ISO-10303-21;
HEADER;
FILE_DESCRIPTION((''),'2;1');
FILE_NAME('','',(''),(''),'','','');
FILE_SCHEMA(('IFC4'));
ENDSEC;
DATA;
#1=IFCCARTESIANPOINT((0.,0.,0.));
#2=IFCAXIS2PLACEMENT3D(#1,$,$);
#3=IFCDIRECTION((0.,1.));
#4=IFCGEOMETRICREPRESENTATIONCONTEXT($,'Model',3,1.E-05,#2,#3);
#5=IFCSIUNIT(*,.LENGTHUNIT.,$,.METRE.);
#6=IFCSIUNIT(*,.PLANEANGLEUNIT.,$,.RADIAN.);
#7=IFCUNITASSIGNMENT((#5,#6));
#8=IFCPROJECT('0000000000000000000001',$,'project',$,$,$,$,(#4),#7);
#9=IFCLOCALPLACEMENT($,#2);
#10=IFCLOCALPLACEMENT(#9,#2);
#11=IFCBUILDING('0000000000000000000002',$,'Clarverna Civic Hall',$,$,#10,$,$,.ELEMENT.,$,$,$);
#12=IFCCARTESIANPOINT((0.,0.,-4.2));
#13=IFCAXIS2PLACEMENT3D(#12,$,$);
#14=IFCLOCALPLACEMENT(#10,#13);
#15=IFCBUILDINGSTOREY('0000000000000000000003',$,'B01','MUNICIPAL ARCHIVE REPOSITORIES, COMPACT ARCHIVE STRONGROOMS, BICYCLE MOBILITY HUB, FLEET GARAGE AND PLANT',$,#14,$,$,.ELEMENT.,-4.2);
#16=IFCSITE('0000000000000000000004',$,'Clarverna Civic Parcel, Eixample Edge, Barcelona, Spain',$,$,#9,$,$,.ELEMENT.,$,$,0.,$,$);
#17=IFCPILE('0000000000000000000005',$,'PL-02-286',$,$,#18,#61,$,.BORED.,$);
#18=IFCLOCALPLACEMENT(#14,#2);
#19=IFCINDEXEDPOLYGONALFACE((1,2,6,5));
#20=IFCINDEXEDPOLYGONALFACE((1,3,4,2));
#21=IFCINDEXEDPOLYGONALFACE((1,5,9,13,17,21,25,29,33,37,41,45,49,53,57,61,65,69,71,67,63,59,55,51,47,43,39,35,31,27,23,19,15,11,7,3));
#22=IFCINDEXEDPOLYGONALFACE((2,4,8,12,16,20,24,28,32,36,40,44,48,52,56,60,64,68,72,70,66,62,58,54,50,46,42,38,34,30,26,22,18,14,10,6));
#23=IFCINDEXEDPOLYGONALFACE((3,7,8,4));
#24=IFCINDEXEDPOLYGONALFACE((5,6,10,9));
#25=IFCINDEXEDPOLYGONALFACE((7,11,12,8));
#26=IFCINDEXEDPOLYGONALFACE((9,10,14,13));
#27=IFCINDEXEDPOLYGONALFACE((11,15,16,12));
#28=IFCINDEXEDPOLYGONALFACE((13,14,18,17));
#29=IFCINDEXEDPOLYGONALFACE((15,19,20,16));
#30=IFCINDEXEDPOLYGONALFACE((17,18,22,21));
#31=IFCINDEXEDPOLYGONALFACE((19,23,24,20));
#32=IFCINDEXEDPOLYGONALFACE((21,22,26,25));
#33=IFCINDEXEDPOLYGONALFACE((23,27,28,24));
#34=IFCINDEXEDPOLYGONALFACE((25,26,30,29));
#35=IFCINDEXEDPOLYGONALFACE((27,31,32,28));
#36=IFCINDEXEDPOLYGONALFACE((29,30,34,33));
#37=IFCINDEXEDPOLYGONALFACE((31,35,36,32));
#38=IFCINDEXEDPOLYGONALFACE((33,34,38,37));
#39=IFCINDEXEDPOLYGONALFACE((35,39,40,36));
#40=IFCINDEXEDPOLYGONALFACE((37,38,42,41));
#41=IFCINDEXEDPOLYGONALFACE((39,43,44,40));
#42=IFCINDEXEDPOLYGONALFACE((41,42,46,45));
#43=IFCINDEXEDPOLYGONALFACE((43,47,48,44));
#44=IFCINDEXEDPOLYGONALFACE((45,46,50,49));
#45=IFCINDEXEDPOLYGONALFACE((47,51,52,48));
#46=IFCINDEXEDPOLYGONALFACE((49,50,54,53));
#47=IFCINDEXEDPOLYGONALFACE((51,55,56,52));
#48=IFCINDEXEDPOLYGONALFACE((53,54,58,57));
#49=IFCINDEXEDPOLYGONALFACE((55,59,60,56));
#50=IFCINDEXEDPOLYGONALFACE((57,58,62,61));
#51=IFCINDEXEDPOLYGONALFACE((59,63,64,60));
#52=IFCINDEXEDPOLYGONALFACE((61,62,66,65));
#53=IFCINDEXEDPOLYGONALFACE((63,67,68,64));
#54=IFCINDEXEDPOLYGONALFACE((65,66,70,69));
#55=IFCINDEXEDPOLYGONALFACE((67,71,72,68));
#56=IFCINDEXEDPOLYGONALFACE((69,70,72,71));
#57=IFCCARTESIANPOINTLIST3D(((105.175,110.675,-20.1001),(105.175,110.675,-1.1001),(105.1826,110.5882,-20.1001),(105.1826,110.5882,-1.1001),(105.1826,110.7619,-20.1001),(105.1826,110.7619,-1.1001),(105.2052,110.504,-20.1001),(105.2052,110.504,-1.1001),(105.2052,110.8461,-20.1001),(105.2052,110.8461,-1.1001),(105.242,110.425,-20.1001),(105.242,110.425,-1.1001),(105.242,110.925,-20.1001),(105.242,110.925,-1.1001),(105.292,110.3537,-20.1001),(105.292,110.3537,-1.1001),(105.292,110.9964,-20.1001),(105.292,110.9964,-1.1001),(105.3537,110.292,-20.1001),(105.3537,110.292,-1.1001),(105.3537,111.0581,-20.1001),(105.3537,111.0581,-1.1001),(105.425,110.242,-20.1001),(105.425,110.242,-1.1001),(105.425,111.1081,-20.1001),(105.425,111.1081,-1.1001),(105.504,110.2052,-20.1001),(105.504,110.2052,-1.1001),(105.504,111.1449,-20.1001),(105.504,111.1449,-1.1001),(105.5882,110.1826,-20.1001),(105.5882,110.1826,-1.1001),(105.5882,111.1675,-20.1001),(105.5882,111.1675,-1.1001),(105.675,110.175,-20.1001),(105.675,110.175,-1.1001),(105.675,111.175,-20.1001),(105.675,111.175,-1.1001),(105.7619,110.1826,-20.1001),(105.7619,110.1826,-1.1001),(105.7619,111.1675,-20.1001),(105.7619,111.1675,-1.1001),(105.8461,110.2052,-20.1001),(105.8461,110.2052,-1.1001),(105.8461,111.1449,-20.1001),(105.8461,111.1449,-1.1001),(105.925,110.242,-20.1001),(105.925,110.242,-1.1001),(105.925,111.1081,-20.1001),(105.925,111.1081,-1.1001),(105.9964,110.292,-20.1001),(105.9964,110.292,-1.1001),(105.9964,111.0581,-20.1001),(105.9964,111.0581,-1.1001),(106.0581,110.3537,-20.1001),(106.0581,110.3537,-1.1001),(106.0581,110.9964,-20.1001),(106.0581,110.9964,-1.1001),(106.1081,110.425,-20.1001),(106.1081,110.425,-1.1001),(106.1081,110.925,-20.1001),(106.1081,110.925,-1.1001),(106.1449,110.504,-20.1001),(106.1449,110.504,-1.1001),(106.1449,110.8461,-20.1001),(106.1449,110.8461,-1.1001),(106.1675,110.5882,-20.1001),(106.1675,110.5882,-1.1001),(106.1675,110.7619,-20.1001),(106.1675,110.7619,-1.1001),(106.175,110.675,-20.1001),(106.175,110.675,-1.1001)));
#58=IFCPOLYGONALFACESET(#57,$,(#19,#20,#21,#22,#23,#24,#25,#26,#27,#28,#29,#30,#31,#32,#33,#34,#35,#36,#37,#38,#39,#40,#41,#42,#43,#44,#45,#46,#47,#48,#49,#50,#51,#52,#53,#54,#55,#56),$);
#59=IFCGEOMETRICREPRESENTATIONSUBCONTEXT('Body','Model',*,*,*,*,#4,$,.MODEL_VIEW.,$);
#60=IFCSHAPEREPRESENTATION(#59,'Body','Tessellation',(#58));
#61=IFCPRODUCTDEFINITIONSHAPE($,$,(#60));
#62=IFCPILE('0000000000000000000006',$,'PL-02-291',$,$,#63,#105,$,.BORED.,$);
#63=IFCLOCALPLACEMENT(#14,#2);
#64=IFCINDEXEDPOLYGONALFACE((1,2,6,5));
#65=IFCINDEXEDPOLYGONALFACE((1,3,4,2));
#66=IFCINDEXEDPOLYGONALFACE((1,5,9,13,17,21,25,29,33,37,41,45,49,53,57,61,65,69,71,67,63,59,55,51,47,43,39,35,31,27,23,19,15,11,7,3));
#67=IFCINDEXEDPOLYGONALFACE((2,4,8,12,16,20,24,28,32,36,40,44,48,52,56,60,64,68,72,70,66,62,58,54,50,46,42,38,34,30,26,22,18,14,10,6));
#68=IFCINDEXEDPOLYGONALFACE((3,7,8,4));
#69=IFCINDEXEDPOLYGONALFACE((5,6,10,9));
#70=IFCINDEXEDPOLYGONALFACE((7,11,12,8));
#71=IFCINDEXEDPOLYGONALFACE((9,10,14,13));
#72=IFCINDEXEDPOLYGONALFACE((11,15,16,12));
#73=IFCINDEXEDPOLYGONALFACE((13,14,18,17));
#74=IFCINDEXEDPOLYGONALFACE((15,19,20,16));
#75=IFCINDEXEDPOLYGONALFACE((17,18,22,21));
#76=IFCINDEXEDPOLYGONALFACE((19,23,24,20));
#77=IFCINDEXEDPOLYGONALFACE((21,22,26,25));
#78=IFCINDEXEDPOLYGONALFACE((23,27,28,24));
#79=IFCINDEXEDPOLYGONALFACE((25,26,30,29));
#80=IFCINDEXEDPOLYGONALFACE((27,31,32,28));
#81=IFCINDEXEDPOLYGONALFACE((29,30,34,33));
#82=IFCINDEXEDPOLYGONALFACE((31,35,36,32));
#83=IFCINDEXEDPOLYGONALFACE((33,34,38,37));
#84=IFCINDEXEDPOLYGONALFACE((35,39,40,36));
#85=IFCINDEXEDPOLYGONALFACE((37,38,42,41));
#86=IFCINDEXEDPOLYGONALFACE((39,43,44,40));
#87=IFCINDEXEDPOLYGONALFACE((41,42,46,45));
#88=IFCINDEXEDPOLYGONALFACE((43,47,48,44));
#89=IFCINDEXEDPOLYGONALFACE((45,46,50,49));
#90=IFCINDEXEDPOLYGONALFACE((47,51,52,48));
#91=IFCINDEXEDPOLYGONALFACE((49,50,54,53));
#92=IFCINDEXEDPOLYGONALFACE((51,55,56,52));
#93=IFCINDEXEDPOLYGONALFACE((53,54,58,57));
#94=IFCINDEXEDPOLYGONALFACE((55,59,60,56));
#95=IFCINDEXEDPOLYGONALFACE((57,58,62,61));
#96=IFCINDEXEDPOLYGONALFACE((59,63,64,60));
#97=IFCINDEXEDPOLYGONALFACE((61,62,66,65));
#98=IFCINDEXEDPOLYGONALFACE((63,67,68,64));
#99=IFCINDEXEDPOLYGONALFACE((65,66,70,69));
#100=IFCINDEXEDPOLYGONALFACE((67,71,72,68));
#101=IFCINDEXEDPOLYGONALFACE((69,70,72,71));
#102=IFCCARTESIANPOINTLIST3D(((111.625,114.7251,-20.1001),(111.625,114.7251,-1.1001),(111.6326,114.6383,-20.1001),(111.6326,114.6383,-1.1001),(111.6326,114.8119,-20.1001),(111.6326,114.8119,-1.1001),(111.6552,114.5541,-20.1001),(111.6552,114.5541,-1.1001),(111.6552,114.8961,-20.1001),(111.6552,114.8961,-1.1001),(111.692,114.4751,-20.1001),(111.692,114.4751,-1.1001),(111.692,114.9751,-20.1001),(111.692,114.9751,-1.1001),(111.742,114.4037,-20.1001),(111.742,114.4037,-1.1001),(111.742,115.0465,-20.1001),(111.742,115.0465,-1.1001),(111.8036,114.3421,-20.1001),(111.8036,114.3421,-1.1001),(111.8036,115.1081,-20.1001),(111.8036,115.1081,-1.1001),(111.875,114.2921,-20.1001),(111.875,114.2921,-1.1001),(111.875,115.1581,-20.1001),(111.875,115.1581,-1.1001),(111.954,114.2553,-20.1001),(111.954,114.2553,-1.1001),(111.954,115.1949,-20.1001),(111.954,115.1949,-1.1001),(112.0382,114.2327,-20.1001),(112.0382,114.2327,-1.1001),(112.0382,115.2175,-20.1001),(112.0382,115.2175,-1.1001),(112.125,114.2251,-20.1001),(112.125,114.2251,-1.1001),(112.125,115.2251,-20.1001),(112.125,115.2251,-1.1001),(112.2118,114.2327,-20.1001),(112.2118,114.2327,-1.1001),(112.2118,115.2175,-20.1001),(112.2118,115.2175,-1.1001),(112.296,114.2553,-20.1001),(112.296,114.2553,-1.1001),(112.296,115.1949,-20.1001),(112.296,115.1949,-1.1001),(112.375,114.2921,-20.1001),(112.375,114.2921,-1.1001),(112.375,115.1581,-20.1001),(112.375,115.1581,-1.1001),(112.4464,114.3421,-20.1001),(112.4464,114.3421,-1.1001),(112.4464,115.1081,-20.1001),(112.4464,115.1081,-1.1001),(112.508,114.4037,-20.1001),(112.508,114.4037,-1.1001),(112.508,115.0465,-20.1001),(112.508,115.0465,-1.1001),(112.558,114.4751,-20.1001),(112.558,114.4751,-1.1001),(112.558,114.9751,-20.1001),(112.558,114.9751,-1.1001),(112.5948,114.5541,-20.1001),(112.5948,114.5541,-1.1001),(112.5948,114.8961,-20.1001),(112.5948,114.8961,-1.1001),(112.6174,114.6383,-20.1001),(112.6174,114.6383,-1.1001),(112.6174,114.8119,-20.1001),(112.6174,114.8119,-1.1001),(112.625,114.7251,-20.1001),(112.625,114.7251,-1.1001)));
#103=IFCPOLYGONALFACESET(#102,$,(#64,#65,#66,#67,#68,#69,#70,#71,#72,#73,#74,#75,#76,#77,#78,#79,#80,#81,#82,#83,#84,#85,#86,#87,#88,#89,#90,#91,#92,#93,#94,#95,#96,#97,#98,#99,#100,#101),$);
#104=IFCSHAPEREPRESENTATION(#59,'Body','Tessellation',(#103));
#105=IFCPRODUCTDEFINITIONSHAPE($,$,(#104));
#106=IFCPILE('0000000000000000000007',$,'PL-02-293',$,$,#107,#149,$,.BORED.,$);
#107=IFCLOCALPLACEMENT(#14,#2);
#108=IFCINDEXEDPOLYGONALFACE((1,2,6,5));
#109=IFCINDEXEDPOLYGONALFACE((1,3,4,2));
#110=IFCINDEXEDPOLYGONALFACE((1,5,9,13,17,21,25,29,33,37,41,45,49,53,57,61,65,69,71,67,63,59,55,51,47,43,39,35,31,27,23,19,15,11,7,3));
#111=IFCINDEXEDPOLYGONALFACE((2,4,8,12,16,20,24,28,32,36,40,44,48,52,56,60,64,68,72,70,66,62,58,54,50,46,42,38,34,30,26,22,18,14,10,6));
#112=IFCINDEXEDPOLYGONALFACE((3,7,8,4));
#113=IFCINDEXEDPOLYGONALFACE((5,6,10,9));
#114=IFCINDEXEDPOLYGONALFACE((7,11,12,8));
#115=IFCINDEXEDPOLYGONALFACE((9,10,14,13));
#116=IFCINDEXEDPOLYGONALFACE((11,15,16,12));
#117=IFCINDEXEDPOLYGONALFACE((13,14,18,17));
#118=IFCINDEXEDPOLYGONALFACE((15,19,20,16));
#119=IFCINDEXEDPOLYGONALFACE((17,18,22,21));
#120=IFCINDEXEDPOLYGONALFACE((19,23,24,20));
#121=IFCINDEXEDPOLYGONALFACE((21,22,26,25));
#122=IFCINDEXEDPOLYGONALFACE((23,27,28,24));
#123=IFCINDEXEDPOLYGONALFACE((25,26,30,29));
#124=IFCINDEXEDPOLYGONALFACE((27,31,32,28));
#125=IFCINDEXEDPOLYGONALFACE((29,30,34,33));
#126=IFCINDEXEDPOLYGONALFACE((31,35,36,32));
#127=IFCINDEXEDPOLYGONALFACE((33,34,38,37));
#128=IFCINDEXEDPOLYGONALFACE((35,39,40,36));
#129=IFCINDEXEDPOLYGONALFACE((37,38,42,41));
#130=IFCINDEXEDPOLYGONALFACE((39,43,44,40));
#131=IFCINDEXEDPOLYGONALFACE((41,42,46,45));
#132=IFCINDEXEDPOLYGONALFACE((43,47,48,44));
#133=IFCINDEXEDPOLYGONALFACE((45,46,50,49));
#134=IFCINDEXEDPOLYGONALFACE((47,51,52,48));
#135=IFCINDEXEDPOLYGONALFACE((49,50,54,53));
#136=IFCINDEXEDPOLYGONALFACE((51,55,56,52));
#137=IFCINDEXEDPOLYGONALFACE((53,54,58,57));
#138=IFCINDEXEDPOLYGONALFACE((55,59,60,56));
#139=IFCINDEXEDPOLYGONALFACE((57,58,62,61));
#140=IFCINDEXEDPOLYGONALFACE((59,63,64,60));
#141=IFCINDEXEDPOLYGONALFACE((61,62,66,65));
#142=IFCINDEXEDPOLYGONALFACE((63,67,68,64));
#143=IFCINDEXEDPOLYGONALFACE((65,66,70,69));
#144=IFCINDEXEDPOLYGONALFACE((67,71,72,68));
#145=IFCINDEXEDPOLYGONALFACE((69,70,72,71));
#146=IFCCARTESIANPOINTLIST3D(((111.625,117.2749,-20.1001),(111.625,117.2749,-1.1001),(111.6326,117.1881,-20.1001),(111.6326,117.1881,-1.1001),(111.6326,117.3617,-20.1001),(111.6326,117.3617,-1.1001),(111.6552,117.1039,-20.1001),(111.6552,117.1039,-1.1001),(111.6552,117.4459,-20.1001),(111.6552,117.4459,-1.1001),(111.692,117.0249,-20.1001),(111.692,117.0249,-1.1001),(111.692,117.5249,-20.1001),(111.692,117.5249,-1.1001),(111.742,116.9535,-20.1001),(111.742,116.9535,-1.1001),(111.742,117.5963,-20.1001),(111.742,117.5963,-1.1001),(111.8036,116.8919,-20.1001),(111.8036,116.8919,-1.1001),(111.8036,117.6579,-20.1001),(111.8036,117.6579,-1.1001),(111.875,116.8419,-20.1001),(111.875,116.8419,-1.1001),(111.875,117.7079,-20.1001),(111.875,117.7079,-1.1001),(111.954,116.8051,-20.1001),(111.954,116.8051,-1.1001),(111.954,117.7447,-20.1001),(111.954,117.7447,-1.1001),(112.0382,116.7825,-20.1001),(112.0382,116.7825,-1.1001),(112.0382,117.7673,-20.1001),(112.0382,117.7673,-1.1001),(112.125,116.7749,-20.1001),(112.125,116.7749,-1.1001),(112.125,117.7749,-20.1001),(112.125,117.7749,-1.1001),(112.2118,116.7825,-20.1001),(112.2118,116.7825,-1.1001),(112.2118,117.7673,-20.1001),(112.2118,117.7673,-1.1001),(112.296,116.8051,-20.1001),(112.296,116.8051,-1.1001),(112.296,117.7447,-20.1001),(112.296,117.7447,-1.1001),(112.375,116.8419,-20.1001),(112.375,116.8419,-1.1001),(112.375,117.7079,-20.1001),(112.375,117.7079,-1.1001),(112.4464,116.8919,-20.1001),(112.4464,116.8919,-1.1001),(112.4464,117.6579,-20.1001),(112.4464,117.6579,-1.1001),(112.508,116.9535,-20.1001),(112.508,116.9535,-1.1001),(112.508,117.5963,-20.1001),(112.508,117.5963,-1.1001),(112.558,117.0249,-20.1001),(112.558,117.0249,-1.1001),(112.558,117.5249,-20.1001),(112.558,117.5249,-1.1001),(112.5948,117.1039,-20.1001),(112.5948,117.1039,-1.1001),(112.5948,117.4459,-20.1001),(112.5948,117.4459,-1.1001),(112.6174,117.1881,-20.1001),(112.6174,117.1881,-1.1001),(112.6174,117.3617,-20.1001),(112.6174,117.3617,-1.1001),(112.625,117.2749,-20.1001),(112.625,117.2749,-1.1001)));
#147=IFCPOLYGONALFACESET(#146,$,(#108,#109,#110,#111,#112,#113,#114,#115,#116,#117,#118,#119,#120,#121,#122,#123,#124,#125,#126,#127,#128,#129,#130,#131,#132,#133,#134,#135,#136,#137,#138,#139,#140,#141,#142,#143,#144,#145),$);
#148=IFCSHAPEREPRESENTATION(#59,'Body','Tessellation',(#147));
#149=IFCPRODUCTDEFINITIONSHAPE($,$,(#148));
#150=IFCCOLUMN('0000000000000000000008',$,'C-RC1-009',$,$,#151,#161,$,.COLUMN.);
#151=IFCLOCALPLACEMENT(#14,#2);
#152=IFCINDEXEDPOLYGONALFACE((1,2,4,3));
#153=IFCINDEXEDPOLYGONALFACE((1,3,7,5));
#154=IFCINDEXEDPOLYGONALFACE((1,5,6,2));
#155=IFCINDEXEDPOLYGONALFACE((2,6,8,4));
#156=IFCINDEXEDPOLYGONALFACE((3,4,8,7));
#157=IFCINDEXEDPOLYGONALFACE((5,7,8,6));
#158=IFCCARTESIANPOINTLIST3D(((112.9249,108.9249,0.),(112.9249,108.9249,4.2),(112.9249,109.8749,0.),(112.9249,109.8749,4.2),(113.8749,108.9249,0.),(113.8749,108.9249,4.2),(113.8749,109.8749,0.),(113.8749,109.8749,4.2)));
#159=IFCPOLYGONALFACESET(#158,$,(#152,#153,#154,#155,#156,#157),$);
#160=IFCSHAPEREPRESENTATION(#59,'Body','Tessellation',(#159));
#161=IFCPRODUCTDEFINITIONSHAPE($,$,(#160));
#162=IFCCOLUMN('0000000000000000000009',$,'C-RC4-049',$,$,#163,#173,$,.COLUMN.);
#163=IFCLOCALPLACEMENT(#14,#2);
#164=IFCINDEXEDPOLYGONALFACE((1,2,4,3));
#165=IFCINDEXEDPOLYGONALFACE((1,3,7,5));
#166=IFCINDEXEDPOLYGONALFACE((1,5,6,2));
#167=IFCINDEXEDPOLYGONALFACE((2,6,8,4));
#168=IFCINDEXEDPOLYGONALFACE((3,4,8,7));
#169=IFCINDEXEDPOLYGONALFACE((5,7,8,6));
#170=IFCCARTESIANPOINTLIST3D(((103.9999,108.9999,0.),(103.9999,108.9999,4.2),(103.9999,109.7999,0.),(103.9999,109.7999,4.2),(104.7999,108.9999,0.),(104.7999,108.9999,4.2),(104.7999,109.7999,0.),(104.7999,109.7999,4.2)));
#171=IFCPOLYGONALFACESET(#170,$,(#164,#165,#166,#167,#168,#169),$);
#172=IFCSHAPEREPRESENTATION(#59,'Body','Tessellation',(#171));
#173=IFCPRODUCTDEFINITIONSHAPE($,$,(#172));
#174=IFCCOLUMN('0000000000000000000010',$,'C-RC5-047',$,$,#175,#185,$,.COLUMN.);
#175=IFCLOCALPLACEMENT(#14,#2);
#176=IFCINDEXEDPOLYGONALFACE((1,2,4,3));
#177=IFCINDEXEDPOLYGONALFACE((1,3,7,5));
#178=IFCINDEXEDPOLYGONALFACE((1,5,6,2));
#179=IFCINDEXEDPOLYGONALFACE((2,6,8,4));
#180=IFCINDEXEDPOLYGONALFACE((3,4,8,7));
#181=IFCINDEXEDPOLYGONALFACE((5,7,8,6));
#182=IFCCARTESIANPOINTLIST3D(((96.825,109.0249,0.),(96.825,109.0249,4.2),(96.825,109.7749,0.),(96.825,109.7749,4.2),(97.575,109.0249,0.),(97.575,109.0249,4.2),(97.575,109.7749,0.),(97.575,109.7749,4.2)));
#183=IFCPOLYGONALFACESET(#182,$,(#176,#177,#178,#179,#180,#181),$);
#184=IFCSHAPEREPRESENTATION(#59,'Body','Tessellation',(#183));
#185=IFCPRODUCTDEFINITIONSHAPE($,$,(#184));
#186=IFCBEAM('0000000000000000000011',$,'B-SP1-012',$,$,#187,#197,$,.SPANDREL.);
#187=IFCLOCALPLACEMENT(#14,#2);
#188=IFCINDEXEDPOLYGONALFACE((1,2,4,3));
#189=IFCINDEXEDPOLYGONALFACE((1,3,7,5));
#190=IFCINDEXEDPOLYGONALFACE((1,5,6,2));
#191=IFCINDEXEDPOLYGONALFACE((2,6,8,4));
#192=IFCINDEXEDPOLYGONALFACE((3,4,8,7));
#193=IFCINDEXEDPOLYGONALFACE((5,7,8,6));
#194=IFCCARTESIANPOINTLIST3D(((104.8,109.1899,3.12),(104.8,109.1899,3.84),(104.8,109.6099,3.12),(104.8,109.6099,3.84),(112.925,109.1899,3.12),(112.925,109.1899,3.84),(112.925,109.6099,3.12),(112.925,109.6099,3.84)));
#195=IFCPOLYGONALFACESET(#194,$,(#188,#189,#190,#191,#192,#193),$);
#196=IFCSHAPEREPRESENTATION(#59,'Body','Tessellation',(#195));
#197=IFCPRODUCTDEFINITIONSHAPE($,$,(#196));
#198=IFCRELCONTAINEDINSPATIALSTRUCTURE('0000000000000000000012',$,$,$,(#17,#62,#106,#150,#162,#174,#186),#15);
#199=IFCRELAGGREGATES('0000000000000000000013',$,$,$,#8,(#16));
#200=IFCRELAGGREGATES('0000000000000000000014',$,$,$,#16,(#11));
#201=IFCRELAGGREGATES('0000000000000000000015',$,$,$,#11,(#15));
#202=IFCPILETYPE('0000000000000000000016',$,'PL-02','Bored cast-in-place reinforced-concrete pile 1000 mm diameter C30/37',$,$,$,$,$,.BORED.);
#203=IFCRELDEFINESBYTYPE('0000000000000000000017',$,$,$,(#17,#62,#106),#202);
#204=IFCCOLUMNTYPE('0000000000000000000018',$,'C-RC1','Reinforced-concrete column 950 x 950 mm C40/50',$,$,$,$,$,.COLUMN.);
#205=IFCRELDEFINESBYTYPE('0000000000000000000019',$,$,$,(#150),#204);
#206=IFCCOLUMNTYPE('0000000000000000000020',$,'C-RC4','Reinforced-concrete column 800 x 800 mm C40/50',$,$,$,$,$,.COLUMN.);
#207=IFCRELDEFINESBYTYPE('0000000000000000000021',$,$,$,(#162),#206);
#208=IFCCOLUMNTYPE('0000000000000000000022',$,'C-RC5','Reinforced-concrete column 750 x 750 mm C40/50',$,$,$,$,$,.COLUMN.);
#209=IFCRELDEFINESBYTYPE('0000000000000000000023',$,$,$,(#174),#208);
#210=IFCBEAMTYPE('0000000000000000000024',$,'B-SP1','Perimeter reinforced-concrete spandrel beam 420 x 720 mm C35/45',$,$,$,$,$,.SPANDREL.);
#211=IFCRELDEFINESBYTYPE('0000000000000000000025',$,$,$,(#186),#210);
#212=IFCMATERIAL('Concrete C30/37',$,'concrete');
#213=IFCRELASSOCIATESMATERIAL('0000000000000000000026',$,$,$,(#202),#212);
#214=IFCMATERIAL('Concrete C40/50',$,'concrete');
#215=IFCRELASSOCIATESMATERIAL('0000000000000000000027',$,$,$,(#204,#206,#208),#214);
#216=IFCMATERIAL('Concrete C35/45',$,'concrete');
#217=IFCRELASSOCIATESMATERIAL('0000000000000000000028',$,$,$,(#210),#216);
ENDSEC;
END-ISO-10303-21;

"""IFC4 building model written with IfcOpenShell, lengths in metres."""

from ifc_helpers import new_model, si_unit, direction, frame, origin, origin_2d, place, context, subcontext, project, spatial, rectangle, circle, extrude, material, material_profile, profile_set, type_object, element, save


model = new_model("IFC4")

# Units and contexts
model_context = context("Model", 3, precision=1e-05, world=origin(), true_north=direction((0.0, 1.0)))
body_context = subcontext(model_context, "Body", "Model", "MODEL_VIEW")
ifc_project = project(units=[si_unit("LENGTHUNIT", "METRE"), si_unit("PLANEANGLEUNIT", "RADIAN")], contexts=[model_context])

# Site, building, storey
site_placement = place(None, origin())
site = spatial("IfcSite", under=ifc_project, at=site_placement, Name="Clarverna Civic Parcel, Eixample Edge, Barcelona, Spain", CompositionType="ELEMENT", RefElevation=0.0)
building_placement = place(site_placement, origin())
building = spatial("IfcBuilding", under=site, at=building_placement, Name="Clarverna Civic Hall", CompositionType="ELEMENT")
storey_placement = place(building_placement, frame((0.0, 0.0, -4.2)))
storey = spatial("IfcBuildingStorey", under=building, at=storey_placement, Name="B01", Description="MUNICIPAL ARCHIVE REPOSITORIES, COMPACT ARCHIVE STRONGROOMS, BICYCLE MOBILITY HUB, FLEET GARAGE AND PLANT", CompositionType="ELEMENT", Elevation=-4.2)

# Shared definitions
ifc_material_1 = material(Name="Concrete C30/37", Category="concrete")

# Piles
ifc_material_profile_1 = material_profile(ifc_material_1, circle(Radius=0.5, at=origin_2d()), Name="BORED PILE D1000")
ifc_profile_set_1 = profile_set([ifc_material_profile_1], Name="Concrete C30/37")
pile_type_1 = type_object("IfcPileType", Name="PL-02", Description="Bored cast-in-place reinforced-concrete pile 1000 mm diameter C30/37", PredefinedType="BORED", material=ifc_profile_set_1)
for number, where, z_axis, x_axis, name in (
    (1, (105.675, 110.675, -1.1001), (0.0, 0.0, -1.0), (1.0, 0.0, 0.0), "PL-02-286"),
    (2, (112.125, 114.7251, -1.1001), (0.0, 0.0, -1.0), (1.0, 0.0, 0.0), "PL-02-291"),
    (3, (112.125, 117.2749, -1.1001), (0.0, 0.0, -1.0), (1.0, 0.0, 0.0), "PL-02-293"),
):
    element("IfcPile", number, at=place(storey_placement, frame(where, z_axis=z_axis, x_axis=x_axis)), inside=storey, type_object=pile_type_1, Name=name, PredefinedType="BORED", context=body_context, shape_type="SweptSolid", body=[
        extrude(circle(Radius=0.5, at=origin_2d()), origin(), (0.0, 0.0, 1.0), 19.0),
    ])

# Columns
ifc_material_2 = material(Name="Concrete C40/50", Category="concrete")
ifc_material_profile_2 = material_profile(ifc_material_2, rectangle(XDim=0.95, YDim=0.95, at=origin_2d()), Name="RC 950x950")
ifc_profile_set_2 = profile_set([ifc_material_profile_2], Name="Concrete C40/50")
column_type_1 = type_object("IfcColumnType", Name="C-RC1", Description="Reinforced-concrete column 950 x 950 mm C40/50", PredefinedType="COLUMN", material=ifc_profile_set_2)
column_1_placement = place(storey_placement, frame((113.3999, 109.3999, 0.0), z_axis=(0.0, 0.0, 1.0), x_axis=(1.0, 0.0, 0.0)))
element("IfcColumn", 4, at=column_1_placement, inside=storey, type_object=column_type_1, Name="C-RC1-009", PredefinedType="COLUMN", context=body_context, shape_type="SweptSolid", body=[
    extrude(rectangle(XDim=0.95, YDim=0.95, at=origin_2d()), origin(), (0.0, 0.0, 1.0), 4.2),
])
ifc_material_profile_3 = material_profile(ifc_material_2, rectangle(XDim=0.8, YDim=0.8, at=origin_2d()), Name="RC 800x800")
ifc_profile_set_3 = profile_set([ifc_material_profile_3], Name="Concrete C40/50")
column_type_2 = type_object("IfcColumnType", Name="C-RC4", Description="Reinforced-concrete column 800 x 800 mm C40/50", PredefinedType="COLUMN", material=ifc_profile_set_3)
column_2_placement = place(storey_placement, frame((104.3999, 109.3999, 0.0), z_axis=(0.0, 0.0, 1.0), x_axis=(1.0, 0.0, 0.0)))
element("IfcColumn", 5, at=column_2_placement, inside=storey, type_object=column_type_2, Name="C-RC4-049", PredefinedType="COLUMN", context=body_context, shape_type="SweptSolid", body=[
    extrude(rectangle(XDim=0.8, YDim=0.8, at=origin_2d()), origin(), (0.0, 0.0, 1.0), 4.2),
])
ifc_material_profile_4 = material_profile(ifc_material_2, rectangle(XDim=0.75, YDim=0.75, at=origin_2d()), Name="RC 750x750")
ifc_profile_set_4 = profile_set([ifc_material_profile_4], Name="Concrete C40/50")
column_type_3 = type_object("IfcColumnType", Name="C-RC5", Description="Reinforced-concrete column 750 x 750 mm C40/50", PredefinedType="COLUMN", material=ifc_profile_set_4)
column_3_placement = place(storey_placement, frame((97.2, 109.3999, 0.0), z_axis=(0.0, 0.0, 1.0), x_axis=(1.0, 0.0, 0.0)))
element("IfcColumn", 6, at=column_3_placement, inside=storey, type_object=column_type_3, Name="C-RC5-047", PredefinedType="COLUMN", context=body_context, shape_type="SweptSolid", body=[
    extrude(rectangle(XDim=0.75, YDim=0.75, at=origin_2d()), origin(), (0.0, 0.0, 1.0), 4.2),
])

# Beam
ifc_material_3 = material(Name="Concrete C35/45", Category="concrete")
ifc_material_profile_5 = material_profile(ifc_material_3, rectangle(XDim=0.4199, YDim=0.72, at=origin_2d()), Name="RC 420x720")
ifc_profile_set_5 = profile_set([ifc_material_profile_5], Name="Concrete C35/45")
beam_type_1 = type_object("IfcBeamType", Name="B-SP1", Description="Perimeter reinforced-concrete spandrel beam 420 x 720 mm C35/45", PredefinedType="SPANDREL", material=ifc_profile_set_5)
beam_1_placement = place(storey_placement, frame((104.8, 109.3999, 3.48), z_axis=(1.0, 0.0, 0.0), x_axis=(0.0, 1.0, 0.0)))
element("IfcBeam", 7, at=beam_1_placement, inside=storey, type_object=beam_type_1, Name="B-SP1-012", PredefinedType="SPANDREL", context=body_context, shape_type="SweptSolid", body=[
    extrude(rectangle(XDim=0.4199, YDim=0.72, at=origin_2d()), origin(), (0.0, 0.0, 1.0), 8.125),
])

save(model, "model.ifc")
